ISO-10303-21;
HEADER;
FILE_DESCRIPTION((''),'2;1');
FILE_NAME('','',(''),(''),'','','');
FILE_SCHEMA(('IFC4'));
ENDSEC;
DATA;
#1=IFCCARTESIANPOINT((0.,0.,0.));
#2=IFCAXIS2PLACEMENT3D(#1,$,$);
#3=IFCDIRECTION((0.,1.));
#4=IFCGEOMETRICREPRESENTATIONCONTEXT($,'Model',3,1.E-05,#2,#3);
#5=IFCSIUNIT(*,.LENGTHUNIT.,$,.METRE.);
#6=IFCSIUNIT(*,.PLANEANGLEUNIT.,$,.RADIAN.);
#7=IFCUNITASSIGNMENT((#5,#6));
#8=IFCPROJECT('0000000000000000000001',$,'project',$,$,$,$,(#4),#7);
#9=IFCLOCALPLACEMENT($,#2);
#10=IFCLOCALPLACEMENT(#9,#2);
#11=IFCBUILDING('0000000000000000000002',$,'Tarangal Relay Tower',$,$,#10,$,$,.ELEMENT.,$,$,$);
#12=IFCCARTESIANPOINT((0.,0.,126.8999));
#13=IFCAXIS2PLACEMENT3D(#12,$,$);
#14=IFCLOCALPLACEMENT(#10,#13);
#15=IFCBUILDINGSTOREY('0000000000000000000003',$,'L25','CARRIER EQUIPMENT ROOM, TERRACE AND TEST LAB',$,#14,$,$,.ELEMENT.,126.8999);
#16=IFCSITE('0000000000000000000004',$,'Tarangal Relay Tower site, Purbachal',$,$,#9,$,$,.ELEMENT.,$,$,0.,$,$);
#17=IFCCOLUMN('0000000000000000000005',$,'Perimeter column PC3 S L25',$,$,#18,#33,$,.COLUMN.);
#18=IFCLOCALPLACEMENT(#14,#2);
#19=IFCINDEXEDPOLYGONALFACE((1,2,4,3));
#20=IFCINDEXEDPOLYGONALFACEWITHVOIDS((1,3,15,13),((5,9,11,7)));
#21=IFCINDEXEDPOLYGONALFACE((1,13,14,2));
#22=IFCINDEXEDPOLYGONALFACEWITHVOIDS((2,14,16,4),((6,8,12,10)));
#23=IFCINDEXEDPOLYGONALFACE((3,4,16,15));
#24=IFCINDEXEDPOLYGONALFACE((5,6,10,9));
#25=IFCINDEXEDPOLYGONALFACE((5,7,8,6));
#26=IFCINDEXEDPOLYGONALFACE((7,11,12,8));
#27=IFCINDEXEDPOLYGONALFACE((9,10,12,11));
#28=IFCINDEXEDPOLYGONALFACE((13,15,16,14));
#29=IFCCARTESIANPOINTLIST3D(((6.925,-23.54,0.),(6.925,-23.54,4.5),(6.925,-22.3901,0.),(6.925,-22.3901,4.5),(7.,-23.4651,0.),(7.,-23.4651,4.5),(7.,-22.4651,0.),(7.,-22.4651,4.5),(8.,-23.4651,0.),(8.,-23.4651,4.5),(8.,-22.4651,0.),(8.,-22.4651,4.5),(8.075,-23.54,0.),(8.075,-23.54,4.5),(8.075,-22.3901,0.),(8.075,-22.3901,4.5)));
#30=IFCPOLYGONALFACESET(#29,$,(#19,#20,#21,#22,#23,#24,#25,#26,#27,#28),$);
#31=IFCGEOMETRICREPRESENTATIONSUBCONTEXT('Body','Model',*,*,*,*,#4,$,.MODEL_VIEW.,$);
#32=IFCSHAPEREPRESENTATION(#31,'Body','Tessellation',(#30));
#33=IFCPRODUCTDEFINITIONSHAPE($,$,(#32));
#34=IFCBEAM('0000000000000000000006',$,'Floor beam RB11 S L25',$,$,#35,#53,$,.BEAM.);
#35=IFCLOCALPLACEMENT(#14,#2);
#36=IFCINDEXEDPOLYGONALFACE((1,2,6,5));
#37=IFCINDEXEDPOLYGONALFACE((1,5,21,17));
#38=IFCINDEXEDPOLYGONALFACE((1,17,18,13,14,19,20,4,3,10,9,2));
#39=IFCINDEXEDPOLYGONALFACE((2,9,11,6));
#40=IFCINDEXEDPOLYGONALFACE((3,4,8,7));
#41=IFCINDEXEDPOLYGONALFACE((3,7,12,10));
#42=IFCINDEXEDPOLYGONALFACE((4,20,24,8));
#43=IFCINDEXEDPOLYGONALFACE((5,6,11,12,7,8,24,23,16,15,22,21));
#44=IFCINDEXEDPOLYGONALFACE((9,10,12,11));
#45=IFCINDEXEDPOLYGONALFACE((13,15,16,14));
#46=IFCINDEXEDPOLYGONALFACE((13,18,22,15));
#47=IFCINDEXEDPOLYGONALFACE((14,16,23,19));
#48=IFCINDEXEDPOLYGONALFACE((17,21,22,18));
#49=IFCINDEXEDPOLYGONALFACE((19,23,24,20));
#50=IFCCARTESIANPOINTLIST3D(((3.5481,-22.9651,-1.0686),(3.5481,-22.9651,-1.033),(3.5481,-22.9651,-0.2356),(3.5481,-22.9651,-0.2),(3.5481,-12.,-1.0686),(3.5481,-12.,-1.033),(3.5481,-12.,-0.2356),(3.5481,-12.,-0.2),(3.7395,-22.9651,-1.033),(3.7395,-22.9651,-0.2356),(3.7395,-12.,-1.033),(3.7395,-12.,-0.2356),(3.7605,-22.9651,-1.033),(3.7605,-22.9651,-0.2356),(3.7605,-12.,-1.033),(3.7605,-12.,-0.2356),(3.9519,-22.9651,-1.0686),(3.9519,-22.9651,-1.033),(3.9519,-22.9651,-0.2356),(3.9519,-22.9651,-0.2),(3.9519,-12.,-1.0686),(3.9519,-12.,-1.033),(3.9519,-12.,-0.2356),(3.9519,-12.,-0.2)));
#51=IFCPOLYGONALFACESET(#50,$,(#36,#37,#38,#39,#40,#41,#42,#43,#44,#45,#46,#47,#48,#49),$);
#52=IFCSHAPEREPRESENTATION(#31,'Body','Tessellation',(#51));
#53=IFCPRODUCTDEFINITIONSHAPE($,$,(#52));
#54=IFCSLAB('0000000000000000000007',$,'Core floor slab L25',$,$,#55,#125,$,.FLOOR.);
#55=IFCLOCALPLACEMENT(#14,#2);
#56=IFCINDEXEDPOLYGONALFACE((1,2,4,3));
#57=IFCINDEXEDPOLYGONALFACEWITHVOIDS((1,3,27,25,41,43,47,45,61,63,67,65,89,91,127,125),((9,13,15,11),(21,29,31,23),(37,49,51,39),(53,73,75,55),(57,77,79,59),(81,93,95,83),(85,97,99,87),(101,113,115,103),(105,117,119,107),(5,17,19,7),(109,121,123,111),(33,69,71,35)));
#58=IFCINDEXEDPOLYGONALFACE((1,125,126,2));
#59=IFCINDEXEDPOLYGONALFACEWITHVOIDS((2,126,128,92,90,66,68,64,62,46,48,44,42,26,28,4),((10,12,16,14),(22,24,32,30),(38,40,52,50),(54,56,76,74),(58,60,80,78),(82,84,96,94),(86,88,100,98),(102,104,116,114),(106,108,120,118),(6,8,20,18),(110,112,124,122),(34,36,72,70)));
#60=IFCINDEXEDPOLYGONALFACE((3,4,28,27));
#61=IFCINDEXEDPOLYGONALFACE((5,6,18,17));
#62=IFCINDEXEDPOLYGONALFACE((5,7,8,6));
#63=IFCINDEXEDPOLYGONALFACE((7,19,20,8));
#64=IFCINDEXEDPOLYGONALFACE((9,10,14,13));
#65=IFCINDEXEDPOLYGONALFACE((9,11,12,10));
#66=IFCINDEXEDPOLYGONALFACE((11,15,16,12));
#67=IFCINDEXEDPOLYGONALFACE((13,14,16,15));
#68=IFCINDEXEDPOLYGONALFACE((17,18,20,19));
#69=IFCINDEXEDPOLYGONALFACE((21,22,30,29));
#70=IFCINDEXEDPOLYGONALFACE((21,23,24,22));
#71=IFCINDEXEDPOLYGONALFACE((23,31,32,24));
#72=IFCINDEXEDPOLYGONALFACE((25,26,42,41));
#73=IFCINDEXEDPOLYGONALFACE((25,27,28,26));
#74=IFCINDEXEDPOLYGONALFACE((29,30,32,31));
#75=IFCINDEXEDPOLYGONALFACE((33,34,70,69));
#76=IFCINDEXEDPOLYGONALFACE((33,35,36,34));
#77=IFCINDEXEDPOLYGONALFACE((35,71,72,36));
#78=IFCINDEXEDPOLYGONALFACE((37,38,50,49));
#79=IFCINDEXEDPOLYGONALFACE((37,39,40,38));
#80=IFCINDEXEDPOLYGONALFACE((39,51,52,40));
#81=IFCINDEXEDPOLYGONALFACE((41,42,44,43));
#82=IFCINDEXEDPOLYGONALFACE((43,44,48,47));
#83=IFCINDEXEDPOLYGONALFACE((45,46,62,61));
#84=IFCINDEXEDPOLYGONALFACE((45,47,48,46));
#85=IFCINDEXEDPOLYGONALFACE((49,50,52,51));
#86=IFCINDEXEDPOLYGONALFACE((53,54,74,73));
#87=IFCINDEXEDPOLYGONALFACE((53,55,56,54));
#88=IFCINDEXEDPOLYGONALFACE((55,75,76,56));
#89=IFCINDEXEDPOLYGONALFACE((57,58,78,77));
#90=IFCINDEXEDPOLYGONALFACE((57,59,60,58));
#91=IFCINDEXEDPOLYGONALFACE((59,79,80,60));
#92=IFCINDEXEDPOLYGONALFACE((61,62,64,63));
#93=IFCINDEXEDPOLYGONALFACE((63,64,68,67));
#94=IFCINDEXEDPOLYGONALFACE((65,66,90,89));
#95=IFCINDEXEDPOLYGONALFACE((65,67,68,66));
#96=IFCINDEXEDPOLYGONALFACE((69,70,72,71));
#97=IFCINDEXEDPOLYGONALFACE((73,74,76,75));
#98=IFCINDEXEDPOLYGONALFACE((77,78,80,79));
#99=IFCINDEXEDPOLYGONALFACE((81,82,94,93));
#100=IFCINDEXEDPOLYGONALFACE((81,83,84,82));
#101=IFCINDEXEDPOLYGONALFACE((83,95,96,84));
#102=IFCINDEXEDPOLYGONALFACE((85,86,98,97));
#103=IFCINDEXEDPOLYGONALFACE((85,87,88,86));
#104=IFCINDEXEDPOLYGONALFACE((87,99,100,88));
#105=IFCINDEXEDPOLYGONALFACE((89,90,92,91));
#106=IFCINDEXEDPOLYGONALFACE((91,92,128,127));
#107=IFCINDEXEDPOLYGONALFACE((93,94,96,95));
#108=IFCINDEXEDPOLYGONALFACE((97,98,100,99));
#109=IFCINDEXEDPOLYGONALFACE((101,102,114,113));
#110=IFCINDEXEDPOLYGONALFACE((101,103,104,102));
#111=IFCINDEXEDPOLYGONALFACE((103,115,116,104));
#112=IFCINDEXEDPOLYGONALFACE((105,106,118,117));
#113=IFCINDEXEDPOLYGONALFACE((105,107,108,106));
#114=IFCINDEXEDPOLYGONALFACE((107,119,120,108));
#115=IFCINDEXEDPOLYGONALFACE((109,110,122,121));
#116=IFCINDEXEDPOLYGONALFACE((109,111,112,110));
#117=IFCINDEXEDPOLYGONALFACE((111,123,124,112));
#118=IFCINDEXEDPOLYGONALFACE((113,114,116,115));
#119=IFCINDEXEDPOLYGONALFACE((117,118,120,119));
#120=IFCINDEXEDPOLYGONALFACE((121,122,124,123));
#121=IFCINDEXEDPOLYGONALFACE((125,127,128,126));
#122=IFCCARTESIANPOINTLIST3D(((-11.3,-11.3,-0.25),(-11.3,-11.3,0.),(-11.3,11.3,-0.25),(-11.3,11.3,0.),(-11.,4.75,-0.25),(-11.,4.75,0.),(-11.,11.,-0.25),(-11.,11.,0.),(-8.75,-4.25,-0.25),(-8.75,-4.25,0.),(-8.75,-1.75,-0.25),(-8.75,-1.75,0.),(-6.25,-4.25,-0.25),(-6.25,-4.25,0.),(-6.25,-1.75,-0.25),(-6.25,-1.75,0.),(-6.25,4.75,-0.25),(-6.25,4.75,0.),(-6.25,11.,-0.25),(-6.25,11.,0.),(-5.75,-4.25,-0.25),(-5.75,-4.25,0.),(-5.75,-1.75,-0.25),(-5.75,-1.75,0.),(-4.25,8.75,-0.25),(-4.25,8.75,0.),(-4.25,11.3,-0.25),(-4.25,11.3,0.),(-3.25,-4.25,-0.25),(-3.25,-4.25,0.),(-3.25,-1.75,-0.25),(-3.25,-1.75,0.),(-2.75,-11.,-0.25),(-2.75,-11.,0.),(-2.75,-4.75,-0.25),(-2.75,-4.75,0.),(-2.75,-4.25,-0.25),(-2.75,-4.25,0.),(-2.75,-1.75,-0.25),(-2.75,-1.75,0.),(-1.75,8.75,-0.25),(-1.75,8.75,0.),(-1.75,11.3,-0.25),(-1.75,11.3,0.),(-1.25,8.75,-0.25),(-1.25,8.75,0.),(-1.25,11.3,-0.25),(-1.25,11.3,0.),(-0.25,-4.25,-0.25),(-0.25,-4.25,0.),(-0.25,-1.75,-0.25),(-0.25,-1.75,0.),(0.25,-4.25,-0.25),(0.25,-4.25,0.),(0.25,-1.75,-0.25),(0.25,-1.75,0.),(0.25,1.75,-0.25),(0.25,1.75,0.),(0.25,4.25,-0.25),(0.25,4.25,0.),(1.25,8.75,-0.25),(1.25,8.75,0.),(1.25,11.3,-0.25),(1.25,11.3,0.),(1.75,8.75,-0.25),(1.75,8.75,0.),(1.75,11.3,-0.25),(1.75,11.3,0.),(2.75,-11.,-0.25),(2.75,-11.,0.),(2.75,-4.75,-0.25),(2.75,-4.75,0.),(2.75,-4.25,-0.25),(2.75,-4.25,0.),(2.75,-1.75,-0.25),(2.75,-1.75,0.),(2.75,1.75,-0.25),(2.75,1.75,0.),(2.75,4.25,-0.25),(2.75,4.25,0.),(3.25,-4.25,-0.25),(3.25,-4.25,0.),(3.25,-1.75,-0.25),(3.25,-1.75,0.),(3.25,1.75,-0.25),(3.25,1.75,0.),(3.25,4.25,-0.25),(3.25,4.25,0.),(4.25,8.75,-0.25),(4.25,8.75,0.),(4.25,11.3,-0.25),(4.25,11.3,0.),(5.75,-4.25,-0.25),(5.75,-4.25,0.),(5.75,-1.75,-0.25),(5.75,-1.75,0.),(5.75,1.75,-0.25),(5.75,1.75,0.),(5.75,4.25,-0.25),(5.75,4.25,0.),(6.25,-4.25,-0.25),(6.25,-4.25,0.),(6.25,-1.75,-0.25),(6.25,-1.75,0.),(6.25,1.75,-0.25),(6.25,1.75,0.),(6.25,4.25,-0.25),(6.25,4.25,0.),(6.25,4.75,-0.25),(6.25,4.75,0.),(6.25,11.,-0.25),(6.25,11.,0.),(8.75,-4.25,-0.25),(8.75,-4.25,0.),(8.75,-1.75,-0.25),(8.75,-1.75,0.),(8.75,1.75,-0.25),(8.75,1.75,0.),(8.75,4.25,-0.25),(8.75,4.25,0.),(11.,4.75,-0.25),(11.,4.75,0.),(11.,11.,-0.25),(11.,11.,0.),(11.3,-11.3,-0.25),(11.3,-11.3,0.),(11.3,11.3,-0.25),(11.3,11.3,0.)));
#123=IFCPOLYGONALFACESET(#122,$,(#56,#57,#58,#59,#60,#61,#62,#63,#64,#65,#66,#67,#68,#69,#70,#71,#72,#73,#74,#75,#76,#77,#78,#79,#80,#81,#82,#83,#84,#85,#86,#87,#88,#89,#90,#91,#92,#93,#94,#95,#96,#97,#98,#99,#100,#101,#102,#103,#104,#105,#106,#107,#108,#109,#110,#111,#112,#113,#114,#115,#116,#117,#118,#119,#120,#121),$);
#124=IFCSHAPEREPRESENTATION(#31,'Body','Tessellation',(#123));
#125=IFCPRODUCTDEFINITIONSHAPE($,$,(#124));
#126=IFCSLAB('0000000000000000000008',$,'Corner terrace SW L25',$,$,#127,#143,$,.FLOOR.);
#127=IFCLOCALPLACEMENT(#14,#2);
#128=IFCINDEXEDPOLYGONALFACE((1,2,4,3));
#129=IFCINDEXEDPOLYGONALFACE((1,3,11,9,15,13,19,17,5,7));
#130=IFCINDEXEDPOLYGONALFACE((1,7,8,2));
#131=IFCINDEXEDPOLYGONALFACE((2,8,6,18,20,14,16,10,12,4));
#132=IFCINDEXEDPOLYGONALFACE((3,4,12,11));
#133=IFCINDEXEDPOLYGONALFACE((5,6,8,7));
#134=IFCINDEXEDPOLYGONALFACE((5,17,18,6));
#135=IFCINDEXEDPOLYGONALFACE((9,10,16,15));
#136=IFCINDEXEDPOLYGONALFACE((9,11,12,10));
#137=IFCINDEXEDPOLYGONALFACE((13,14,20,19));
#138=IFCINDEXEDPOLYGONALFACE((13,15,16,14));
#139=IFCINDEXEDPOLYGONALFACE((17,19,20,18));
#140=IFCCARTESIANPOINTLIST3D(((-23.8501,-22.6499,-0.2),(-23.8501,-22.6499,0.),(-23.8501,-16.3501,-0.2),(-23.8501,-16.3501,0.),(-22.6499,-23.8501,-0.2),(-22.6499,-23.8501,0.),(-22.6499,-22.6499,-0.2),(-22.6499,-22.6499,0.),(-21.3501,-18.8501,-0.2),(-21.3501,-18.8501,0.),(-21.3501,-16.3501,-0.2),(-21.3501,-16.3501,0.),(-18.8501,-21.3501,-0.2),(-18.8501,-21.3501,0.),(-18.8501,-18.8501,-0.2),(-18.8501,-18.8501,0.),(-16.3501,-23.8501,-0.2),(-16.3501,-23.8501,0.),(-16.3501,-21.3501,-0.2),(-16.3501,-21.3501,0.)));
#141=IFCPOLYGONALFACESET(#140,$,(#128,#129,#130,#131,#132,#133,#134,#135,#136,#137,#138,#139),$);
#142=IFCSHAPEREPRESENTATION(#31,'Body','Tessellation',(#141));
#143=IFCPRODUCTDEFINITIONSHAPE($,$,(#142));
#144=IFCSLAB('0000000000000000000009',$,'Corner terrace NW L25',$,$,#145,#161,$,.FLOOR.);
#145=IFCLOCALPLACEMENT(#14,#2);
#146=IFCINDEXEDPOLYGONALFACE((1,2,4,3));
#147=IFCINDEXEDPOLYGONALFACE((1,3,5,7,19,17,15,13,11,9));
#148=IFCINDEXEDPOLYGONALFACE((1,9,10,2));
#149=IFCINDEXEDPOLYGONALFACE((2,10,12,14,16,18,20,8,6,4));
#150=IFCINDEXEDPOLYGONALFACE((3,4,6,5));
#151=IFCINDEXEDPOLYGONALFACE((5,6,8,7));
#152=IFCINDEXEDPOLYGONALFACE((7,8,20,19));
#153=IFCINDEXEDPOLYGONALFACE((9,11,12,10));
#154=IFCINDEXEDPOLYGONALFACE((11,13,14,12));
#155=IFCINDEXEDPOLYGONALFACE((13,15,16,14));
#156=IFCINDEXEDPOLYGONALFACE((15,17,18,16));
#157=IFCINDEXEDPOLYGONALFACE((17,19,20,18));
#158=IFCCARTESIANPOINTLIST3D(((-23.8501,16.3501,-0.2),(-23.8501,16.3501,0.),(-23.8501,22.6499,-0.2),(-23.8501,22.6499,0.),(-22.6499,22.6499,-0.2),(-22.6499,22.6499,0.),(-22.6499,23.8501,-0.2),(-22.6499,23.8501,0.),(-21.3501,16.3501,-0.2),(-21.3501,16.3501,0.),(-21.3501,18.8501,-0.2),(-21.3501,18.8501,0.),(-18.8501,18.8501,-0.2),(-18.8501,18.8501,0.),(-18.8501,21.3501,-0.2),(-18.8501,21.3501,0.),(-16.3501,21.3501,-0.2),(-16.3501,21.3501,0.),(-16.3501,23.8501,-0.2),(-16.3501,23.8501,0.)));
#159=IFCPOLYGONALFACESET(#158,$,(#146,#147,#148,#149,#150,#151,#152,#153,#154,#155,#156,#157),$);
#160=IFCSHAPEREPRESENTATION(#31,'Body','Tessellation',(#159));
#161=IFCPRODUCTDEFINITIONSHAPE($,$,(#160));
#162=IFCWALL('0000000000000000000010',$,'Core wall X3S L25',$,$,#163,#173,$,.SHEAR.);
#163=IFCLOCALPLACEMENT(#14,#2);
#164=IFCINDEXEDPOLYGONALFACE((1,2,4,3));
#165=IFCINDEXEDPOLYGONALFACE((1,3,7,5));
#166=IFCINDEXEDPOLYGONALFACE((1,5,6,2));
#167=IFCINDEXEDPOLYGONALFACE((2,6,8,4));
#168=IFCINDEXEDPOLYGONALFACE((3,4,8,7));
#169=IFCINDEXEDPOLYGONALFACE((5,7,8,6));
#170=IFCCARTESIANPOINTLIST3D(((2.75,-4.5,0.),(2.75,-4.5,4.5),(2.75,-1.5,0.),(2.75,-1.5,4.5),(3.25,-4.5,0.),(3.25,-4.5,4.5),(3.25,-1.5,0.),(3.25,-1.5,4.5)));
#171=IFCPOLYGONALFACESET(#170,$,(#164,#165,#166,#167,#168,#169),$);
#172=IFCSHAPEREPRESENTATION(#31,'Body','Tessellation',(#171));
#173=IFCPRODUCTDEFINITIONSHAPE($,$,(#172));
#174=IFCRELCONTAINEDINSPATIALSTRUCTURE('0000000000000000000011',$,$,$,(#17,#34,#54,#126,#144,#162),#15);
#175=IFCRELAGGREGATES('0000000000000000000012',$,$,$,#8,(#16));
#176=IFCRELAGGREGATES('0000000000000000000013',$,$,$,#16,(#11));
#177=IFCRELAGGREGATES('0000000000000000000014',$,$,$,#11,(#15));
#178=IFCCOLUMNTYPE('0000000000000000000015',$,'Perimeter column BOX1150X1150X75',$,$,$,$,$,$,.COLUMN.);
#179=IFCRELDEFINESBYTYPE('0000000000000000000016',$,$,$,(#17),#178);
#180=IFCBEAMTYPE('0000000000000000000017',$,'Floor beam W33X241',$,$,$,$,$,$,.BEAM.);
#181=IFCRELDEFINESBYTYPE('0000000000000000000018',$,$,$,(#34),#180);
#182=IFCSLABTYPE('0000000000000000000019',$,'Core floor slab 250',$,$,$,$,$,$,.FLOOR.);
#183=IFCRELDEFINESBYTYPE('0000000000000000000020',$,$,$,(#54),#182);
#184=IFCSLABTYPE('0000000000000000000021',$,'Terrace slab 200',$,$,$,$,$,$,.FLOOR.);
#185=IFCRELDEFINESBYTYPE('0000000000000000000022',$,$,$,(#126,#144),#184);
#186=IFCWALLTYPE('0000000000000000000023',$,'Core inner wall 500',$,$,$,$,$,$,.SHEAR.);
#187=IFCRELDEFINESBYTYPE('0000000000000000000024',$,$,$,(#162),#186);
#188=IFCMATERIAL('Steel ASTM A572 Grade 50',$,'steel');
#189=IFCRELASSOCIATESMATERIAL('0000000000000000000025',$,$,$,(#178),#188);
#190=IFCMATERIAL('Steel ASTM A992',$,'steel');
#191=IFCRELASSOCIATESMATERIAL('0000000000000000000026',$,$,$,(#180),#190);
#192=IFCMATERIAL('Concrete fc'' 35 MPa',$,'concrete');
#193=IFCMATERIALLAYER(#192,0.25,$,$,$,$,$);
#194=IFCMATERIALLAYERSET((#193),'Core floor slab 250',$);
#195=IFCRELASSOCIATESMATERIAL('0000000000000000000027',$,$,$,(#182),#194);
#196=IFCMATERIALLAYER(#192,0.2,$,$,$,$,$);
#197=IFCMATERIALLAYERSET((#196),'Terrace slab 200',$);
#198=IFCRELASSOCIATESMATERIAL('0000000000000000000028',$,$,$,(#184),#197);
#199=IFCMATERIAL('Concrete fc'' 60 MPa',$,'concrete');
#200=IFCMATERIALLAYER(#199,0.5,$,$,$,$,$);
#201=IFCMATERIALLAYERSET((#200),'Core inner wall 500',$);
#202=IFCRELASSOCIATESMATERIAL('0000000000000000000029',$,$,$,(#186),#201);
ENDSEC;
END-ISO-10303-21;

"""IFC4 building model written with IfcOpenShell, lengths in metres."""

from ifc_helpers import new_model, si_unit, direction, frame, frame_2d, origin, origin_2d, place, context, subcontext, project, spatial, polyline, rectangle, hollow_rectangle, i_section, outline, extrude, material, layer, layer_set, material_profile, profile_set, type_object, element, save


model = new_model("IFC4")

# Units and contexts
model_context = context("Model", 3, precision=1e-05, world=origin(), true_north=direction((0.0, 1.0)))
body_context = subcontext(model_context, "Body", "Model", "MODEL_VIEW")
ifc_project = project(units=[si_unit("LENGTHUNIT", "METRE"), si_unit("PLANEANGLEUNIT", "RADIAN")], contexts=[model_context])

# Site, building, storey
site_placement = place(None, origin())
site = spatial("IfcSite", under=ifc_project, at=site_placement, Name="Tarangal Relay Tower site, Purbachal", CompositionType="ELEMENT", RefElevation=0.0)
building_placement = place(site_placement, origin())
building = spatial("IfcBuilding", under=site, at=building_placement, Name="Tarangal Relay Tower", CompositionType="ELEMENT")
storey_placement = place(building_placement, frame((0.0, 0.0, 126.8999)))
storey = spatial("IfcBuildingStorey", under=building, at=storey_placement, Name="L25", Description="CARRIER EQUIPMENT ROOM, TERRACE AND TEST LAB", CompositionType="ELEMENT", Elevation=126.8999)

# Column
ifc_material_1 = material(Name="Steel ASTM A572 Grade 50", Category="steel")
ifc_material_profile_1 = material_profile(ifc_material_1, hollow_rectangle(XDim=1.1499, YDim=1.1499, WallThickness=0.075, at=origin_2d()), Name="BOX1150X1150X75")
ifc_profile_set_1 = profile_set([ifc_material_profile_1], Name="Steel ASTM A572 Grade 50")
column_type = type_object("IfcColumnType", Name="Perimeter column BOX1150X1150X75", PredefinedType="COLUMN", material=ifc_profile_set_1)
column_placement = place(storey_placement, frame((7.5, -22.9651, 0.0), z_axis=(0.0, 0.0, 1.0), x_axis=(1.0, 0.0, 0.0)))
element("IfcColumn", 1, at=column_placement, inside=storey, type_object=column_type, Name="Perimeter column PC3 S L25", PredefinedType="COLUMN", context=body_context, shape_type="SweptSolid", body=[
    extrude(hollow_rectangle(XDim=1.1499, YDim=1.1499, WallThickness=0.075, at=origin_2d()), origin(), (0.0, 0.0, 1.0), 4.5),
])

# Beam
ifc_material_2 = material(Name="Steel ASTM A992", Category="steel")
ifc_material_profile_2 = material_profile(ifc_material_2, i_section(OverallWidth=0.4038, OverallDepth=0.8687, WebThickness=0.021, FlangeThickness=0.0356, at=origin_2d()), Name="W33X241")
ifc_profile_set_2 = profile_set([ifc_material_profile_2], Name="Steel ASTM A992")
beam_type = type_object("IfcBeamType", Name="Floor beam W33X241", PredefinedType="BEAM", material=ifc_profile_set_2)
beam_placement = place(storey_placement, frame((3.75, -12.0, -0.6343), z_axis=(0.0, -1.0, 0.0), x_axis=(1.0, 0.0, 0.0)))
element("IfcBeam", 2, at=beam_placement, inside=storey, type_object=beam_type, Name="Floor beam RB11 S L25", PredefinedType="BEAM", context=body_context, shape_type="SweptSolid", body=[
    extrude(i_section(OverallWidth=0.4038, OverallDepth=0.8687, WebThickness=0.021, FlangeThickness=0.0356, at=origin_2d()), origin(), (0.0, 0.0, 1.0), 10.9651),
])

# Slabs
ifc_material_3 = material(Name="Concrete fc' 35 MPa", Category="concrete")
ifc_layer_1 = layer(ifc_material_3, 0.25)
ifc_layer_set_1 = layer_set([ifc_layer_1], Name="Core floor slab 250")
slab_type_1 = type_object("IfcSlabType", Name="Core floor slab 250", PredefinedType="FLOOR", material=ifc_layer_set_1)
slab_1_placement = place(storey_placement, frame((0.0, 0.0, -0.25)))
element("IfcSlab", 3, at=slab_1_placement, inside=storey, type_object=slab_type_1, Name="Core floor slab L25", PredefinedType="FLOOR", context=body_context, shape_type="SweptSolid", body=[
    extrude(outline(polyline([(11.3, 11.3), (11.3, -11.3), (-11.3, -11.3), (-11.3, 11.3), (-4.25, 11.3), (-4.25, 8.75), (-1.75, 8.75), (-1.75, 11.3), (-1.25, 11.3), (-1.25, 8.75), (1.25, 8.75), (1.25, 11.3), (1.75, 11.3), (1.75, 8.75), (4.25, 8.75), (4.25, 11.3), (11.3, 11.3)]), holes=[polyline([(2.75, -4.75), (-2.75, -4.75), (-2.75, -11.0), (2.75, -11.0), (2.75, -4.75)]), polyline([(-6.25, -4.25), (-6.25, -1.75), (-8.75, -1.75), (-8.75, -4.25), (-6.25, -4.25)]), polyline([(-3.25, -4.25), (-3.25, -1.75), (-5.75, -1.75), (-5.75, -4.25), (-3.25, -4.25)]), polyline([(-0.25, -4.25), (-0.25, -1.75), (-2.75, -1.75), (-2.75, -4.25), (-0.25, -4.25)]), polyline([(2.75, 1.75), (2.75, 4.25), (0.25, 4.25), (0.25, 1.75), (2.75, 1.75)]), polyline([(-6.25, 4.75), (-6.25, 11.0), (-11.0, 11.0), (-11.0, 4.75), (-6.25, 4.75)]), polyline([(2.75, -4.25), (2.75, -1.75), (0.25, -1.75), (0.25, -4.25), (2.75, -4.25)]), polyline([(5.75, -4.25), (5.75, -1.75), (3.25, -1.75), (3.25, -4.25), (5.75, -4.25)]), polyline([(8.75, -4.25), (8.75, -1.75), (6.25, -1.75), (6.25, -4.25), (8.75, -4.25)]), polyline([(5.75, 1.75), (5.75, 4.25), (3.25, 4.25), (3.25, 1.75), (5.75, 1.75)]), polyline([(8.75, 1.75), (8.75, 4.25), (6.25, 4.25), (6.25, 1.75), (8.75, 1.75)]), polyline([(11.0, 4.75), (11.0, 11.0), (6.25, 11.0), (6.25, 4.75), (11.0, 4.75)])]), origin(), (0.0, 0.0, 1.0), 0.25),
])
ifc_layer_2 = layer(ifc_material_3, 0.2)
ifc_layer_set_2 = layer_set([ifc_layer_2], Name="Terrace slab 200")
slab_type_2 = type_object("IfcSlabType", Name="Terrace slab 200", PredefinedType="FLOOR", material=ifc_layer_set_2)
slab_2_placement = place(storey_placement, frame((0.0, 0.0, -0.2)))
element("IfcSlab", 4, at=slab_2_placement, inside=storey, type_object=slab_type_2, Name="Corner terrace SW L25", PredefinedType="FLOOR", context=body_context, shape_type="SweptSolid", body=[
    extrude(outline(polyline([(-16.3501, -23.8501), (-16.3501, -21.3501), (-18.8501, -21.3501), (-18.8501, -18.8501), (-21.3501, -18.8501), (-21.3501, -16.3501), (-23.8501, -16.3501), (-23.8501, -22.6499), (-22.6499, -22.6499), (-22.6499, -23.8501), (-16.3501, -23.8501)])), origin(), (0.0, 0.0, 1.0), 0.2),
])
slab_3_placement = place(storey_placement, frame((0.0, 0.0, -0.2)))
element("IfcSlab", 5, at=slab_3_placement, inside=storey, type_object=slab_type_2, Name="Corner terrace NW L25", PredefinedType="FLOOR", context=body_context, shape_type="SweptSolid", body=[
    extrude(outline(polyline([(-23.8501, 16.3501), (-21.3501, 16.3501), (-21.3501, 18.8501), (-18.8501, 18.8501), (-18.8501, 21.3501), (-16.3501, 21.3501), (-16.3501, 23.8501), (-22.6499, 23.8501), (-22.6499, 22.6499), (-23.8501, 22.6499), (-23.8501, 16.3501)])), origin(), (0.0, 0.0, 1.0), 0.2),
])

# Wall
ifc_material_4 = material(Name="Concrete fc' 60 MPa", Category="concrete")
ifc_layer_3 = layer(ifc_material_4, 0.5)
ifc_layer_set_3 = layer_set([ifc_layer_3], Name="Core inner wall 500")
wall_type_1 = type_object("IfcWallType", Name="Core inner wall 500", PredefinedType="SHEAR", material=ifc_layer_set_3)
for number, where, z_axis, x_axis, name in (
    (6, (3.0, -4.5, 0.0), (0.0, 0.0, 1.0), (0.0, 1.0, 0.0), "Core wall X3S L25"),
):
    element("IfcWall", number, at=place(storey_placement, frame(where, z_axis=z_axis, x_axis=x_axis)), inside=storey, type_object=wall_type_1, Name=name, PredefinedType="SHEAR", context=body_context, shape_type="SweptSolid", body=[
        extrude(rectangle(XDim=3.0, YDim=0.5, at=frame_2d((1.5, 0.0))), origin(), (0.0, 0.0, 1.0), 4.5),
    ])

save(model, "model.ifc")
